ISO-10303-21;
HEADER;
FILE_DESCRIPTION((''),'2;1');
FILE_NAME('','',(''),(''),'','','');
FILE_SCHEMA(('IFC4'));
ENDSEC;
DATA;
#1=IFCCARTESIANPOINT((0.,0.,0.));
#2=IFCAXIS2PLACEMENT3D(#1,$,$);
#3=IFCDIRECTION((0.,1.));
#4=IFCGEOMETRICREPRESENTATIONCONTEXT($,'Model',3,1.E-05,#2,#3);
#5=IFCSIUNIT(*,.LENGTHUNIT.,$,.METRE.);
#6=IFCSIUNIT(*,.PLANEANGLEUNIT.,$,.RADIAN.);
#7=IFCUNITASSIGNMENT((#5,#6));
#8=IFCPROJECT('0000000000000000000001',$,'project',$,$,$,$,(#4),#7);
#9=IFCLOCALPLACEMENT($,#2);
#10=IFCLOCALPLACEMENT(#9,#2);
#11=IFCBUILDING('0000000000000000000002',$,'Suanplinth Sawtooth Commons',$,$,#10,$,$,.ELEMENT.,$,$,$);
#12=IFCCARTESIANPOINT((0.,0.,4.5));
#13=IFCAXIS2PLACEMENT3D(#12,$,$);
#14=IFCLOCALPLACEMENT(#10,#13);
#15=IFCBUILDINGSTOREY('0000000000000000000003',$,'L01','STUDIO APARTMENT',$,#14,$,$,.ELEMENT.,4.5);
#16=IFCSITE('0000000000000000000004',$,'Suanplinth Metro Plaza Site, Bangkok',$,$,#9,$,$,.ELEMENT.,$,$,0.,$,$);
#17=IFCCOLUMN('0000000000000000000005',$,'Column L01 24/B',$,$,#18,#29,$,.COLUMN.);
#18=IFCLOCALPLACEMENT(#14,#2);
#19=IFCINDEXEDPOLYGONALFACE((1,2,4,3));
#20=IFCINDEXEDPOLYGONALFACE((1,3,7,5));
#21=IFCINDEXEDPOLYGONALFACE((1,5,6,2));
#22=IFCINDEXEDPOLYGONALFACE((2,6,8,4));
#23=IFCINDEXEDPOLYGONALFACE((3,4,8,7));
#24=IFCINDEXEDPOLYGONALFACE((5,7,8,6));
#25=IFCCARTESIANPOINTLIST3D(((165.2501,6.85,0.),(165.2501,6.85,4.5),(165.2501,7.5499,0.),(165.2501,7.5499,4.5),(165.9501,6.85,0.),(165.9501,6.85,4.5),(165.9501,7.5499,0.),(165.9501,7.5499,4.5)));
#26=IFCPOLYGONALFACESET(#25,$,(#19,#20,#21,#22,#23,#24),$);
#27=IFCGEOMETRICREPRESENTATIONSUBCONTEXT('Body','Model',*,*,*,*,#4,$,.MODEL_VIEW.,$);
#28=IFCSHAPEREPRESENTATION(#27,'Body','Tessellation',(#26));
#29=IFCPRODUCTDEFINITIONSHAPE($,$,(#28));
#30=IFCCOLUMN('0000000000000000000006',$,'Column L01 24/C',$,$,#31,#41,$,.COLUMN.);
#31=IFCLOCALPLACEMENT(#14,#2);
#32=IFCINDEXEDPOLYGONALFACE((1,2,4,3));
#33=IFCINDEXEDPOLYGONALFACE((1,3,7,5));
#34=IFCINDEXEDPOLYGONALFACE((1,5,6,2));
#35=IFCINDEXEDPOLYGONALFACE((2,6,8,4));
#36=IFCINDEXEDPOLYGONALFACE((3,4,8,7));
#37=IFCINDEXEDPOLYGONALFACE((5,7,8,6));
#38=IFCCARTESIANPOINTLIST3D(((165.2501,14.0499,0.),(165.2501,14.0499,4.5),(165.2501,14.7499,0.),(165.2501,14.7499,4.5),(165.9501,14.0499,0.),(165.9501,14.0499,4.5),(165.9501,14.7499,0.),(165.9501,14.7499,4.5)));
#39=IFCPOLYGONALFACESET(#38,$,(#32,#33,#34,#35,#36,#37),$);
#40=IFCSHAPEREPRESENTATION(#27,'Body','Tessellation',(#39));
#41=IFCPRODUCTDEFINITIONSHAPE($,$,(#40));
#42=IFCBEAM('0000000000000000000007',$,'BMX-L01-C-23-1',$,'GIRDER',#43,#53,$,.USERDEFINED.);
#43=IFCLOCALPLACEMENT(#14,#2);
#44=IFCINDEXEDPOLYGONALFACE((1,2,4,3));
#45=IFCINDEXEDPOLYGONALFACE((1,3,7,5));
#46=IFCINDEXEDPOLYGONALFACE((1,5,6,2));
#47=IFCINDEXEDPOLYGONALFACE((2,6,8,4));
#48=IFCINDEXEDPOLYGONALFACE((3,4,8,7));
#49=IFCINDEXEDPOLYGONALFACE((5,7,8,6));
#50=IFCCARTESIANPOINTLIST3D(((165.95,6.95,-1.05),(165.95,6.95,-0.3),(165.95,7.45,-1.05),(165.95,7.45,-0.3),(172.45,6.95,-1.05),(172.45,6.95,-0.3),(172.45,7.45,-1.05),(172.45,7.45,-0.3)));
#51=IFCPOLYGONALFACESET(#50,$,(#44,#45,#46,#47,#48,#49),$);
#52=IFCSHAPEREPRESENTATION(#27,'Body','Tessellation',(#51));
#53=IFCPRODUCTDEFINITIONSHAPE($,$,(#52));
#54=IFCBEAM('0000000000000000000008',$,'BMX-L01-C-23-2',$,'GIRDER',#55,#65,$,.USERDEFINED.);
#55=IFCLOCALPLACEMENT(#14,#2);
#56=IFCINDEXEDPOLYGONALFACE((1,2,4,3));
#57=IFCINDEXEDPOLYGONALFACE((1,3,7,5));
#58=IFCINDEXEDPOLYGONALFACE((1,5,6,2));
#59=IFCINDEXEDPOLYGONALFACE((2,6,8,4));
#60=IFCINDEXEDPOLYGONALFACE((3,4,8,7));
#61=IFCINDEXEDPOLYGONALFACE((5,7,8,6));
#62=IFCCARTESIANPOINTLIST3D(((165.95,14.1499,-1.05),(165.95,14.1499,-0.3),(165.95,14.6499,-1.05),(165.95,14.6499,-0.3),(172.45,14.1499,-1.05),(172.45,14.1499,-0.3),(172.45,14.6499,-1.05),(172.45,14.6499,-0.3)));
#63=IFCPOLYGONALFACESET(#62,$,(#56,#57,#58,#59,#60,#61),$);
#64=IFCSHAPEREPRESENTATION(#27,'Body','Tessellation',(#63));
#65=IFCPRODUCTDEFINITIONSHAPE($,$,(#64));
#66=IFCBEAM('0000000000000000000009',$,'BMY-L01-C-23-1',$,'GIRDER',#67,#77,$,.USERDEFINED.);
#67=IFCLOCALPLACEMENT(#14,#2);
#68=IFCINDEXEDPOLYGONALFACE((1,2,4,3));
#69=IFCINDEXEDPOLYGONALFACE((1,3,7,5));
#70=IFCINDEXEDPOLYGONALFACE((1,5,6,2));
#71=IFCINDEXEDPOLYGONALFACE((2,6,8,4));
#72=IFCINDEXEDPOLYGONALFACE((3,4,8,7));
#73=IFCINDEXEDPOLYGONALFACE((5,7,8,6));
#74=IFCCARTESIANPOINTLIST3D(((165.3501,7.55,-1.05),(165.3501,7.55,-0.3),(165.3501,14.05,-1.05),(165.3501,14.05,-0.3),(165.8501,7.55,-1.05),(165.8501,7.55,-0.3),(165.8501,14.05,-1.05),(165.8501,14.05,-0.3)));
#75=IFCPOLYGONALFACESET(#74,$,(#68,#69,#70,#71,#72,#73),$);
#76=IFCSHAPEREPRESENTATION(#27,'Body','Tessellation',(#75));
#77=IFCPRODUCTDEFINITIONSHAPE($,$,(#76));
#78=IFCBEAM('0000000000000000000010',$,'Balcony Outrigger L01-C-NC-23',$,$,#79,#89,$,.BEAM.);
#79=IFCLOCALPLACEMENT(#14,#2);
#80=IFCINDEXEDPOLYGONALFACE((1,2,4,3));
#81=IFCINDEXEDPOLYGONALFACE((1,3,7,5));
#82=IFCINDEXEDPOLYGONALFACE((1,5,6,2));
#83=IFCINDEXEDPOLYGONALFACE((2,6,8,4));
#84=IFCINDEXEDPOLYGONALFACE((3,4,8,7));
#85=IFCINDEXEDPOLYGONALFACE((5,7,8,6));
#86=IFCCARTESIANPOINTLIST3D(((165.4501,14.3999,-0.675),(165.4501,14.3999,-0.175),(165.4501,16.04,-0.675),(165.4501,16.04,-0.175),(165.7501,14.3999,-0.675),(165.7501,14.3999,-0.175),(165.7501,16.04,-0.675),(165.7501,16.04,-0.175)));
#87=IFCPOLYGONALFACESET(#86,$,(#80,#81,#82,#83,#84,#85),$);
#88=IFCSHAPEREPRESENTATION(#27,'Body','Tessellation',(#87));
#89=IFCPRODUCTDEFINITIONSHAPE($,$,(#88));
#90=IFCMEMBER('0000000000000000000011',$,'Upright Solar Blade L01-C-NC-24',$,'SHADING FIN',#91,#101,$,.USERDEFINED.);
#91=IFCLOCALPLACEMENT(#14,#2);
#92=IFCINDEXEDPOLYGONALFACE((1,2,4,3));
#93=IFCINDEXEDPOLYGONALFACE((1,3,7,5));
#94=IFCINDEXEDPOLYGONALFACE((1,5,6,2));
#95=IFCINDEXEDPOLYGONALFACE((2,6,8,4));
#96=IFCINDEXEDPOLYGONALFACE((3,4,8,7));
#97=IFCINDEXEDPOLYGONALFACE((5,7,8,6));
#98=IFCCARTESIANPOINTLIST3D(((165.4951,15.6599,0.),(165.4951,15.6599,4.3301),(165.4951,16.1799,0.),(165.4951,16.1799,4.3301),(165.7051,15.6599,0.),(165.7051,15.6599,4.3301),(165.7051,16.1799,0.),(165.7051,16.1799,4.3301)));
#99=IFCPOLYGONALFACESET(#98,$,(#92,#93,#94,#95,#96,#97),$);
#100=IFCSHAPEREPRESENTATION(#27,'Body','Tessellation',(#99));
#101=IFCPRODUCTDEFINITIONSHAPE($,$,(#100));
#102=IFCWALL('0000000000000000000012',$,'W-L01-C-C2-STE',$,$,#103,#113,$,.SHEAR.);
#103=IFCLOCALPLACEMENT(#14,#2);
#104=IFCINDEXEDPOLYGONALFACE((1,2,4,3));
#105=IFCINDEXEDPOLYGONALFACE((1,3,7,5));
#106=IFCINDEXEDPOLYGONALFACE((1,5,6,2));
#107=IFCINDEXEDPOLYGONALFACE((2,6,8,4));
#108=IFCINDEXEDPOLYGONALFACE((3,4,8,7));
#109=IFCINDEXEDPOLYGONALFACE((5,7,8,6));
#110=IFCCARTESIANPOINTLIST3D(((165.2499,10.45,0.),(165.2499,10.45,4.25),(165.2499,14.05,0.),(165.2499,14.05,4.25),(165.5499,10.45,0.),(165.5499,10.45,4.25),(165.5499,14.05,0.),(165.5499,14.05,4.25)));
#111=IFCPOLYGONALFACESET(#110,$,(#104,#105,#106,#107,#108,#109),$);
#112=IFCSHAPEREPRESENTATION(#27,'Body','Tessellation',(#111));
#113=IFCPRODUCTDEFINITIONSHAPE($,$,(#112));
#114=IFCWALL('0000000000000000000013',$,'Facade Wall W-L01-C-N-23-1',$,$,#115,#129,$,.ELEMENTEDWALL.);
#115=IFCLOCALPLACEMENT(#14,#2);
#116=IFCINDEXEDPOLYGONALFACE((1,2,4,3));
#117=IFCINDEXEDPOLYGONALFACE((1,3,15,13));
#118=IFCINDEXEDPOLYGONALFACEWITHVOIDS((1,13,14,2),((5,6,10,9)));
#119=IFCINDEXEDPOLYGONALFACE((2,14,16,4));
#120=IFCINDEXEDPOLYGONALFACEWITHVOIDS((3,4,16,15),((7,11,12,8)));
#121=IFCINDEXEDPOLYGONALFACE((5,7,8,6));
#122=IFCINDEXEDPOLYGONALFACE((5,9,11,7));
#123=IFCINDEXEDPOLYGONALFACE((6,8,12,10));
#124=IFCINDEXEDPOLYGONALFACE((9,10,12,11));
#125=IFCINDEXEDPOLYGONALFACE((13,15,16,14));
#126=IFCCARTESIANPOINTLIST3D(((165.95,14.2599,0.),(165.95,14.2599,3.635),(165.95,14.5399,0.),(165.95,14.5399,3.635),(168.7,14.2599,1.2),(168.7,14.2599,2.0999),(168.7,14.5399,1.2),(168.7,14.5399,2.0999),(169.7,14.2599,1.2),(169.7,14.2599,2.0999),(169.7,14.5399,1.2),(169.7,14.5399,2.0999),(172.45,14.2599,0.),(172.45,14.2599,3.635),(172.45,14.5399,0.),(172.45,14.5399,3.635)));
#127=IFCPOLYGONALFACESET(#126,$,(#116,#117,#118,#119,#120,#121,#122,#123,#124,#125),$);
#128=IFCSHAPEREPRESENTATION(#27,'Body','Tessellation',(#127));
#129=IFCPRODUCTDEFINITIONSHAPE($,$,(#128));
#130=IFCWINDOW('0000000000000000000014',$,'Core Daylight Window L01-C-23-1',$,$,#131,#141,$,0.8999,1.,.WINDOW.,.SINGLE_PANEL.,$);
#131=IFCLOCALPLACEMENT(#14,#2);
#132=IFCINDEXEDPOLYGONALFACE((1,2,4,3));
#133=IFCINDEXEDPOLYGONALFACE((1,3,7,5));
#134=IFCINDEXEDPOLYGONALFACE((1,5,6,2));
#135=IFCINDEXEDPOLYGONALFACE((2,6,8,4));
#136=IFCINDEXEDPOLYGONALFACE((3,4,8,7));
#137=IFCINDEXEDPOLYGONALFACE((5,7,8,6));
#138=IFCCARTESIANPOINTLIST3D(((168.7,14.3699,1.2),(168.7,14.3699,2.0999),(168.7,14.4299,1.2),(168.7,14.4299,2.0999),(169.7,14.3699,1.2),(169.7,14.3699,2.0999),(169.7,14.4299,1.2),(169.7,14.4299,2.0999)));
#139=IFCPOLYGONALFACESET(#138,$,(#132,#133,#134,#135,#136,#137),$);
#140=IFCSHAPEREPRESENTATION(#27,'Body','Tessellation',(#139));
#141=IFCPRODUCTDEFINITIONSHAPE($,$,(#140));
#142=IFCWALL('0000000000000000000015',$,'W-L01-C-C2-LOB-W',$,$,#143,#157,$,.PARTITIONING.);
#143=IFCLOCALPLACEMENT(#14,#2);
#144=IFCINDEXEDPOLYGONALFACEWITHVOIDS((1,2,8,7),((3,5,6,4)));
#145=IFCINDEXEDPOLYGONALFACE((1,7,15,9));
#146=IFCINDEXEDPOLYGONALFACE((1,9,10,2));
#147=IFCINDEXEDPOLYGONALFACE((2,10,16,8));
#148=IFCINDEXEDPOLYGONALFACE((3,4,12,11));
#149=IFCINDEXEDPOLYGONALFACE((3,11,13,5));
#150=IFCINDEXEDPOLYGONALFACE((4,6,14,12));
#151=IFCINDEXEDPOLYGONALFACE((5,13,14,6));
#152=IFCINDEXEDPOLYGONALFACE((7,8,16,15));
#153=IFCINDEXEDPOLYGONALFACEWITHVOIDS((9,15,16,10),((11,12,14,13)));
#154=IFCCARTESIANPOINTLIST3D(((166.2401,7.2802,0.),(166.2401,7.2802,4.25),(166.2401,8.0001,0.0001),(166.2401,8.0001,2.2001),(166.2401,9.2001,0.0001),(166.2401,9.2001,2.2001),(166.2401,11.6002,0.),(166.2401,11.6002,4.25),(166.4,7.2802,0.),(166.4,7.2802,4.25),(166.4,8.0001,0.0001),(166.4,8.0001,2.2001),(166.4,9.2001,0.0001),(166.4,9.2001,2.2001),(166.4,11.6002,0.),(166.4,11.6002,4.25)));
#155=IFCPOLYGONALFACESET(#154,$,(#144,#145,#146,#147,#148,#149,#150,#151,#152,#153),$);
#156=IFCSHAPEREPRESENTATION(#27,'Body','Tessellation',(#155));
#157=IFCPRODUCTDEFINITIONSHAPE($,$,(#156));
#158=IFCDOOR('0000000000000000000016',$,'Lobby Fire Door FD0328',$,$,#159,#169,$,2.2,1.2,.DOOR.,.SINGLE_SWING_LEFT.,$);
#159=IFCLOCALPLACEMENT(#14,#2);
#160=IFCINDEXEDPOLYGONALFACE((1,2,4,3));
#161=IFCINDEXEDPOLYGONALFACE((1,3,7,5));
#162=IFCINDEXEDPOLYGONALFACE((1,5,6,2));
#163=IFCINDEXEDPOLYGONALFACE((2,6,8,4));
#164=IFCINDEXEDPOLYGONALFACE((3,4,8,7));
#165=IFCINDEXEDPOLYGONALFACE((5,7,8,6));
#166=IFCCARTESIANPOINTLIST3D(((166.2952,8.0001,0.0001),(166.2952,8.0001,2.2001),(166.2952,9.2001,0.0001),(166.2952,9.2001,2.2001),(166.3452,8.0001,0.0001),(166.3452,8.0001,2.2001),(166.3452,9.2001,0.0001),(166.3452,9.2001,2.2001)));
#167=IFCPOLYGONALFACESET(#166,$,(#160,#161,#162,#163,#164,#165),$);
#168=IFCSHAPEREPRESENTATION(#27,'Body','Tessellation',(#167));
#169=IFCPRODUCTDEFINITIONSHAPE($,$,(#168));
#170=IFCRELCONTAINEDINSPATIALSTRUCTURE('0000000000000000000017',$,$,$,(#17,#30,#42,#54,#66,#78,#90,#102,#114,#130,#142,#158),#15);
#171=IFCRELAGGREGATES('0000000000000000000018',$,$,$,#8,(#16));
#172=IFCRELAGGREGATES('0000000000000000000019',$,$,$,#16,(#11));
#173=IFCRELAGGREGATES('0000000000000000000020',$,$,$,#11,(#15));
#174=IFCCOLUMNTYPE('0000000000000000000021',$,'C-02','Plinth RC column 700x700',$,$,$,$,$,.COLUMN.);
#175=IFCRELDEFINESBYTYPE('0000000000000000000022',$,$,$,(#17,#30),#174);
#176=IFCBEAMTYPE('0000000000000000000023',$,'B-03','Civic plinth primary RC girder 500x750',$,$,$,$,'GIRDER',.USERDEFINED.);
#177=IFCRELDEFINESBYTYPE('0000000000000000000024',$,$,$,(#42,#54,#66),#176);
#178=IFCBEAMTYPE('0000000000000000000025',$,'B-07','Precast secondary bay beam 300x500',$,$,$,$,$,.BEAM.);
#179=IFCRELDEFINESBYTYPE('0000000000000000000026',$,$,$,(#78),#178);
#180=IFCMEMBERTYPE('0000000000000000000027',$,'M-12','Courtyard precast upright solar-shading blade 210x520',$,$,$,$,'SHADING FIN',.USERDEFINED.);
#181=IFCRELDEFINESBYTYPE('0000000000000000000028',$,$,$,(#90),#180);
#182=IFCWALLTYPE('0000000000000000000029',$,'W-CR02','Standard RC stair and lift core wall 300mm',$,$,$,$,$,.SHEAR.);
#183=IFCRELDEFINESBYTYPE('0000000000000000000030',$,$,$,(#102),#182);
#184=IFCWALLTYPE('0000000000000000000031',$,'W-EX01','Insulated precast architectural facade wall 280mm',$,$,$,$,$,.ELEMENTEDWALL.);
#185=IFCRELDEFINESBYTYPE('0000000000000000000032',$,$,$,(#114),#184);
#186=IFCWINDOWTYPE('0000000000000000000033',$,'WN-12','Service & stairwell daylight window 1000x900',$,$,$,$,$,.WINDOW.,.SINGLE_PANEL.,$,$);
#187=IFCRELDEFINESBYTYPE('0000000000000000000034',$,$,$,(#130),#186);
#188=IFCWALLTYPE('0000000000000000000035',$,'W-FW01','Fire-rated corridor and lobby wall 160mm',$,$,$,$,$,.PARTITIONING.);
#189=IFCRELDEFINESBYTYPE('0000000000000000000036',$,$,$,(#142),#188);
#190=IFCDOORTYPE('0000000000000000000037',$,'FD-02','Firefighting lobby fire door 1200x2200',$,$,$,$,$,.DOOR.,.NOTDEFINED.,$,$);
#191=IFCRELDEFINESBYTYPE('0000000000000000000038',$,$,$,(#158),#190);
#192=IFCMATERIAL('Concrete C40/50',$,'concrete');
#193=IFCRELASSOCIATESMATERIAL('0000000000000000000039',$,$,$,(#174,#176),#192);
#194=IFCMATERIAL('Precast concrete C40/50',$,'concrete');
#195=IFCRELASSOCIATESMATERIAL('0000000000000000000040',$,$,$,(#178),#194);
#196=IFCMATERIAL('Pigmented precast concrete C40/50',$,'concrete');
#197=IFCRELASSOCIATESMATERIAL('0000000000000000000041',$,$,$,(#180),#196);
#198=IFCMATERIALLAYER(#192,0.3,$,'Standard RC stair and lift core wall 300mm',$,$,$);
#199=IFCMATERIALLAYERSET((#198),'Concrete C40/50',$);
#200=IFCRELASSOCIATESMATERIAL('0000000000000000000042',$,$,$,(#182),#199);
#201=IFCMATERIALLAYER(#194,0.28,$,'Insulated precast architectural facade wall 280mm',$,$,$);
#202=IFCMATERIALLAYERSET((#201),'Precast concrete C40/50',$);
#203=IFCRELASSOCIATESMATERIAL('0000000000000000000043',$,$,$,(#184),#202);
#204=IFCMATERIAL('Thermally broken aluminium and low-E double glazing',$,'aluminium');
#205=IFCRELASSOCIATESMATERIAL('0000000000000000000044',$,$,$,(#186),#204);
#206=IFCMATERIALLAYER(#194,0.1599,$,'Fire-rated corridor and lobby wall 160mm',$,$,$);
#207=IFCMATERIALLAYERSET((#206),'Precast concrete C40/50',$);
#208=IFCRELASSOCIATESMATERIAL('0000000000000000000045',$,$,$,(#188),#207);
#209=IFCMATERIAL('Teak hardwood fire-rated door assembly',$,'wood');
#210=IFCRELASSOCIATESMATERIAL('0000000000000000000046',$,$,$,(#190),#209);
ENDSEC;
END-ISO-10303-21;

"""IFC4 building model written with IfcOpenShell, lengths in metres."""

from ifc_helpers import new_model, si_unit, direction, frame, frame_2d, origin, origin_2d, place, context, subcontext, project, spatial, rectangle, extrude, material, layer, layer_set, material_profile, profile_set, type_object, element, fill, save


model = new_model("IFC4")

# Units and contexts
model_context = context("Model", 3, precision=1e-05, world=origin(), true_north=direction((0.0, 1.0)))
body_context = subcontext(model_context, "Body", "Model", "MODEL_VIEW")
ifc_project = project(units=[si_unit("LENGTHUNIT", "METRE"), si_unit("PLANEANGLEUNIT", "RADIAN")], contexts=[model_context])

# Site, building, storey
site_placement = place(None, origin())
site = spatial("IfcSite", under=ifc_project, at=site_placement, Name="Suanplinth Metro Plaza Site, Bangkok", CompositionType="ELEMENT", RefElevation=0.0)
building_placement = place(site_placement, origin())
building = spatial("IfcBuilding", under=site, at=building_placement, Name="Suanplinth Sawtooth Commons", CompositionType="ELEMENT")
storey_placement = place(building_placement, frame((0.0, 0.0, 4.5)))
storey = spatial("IfcBuildingStorey", under=building, at=storey_placement, Name="L01", Description="STUDIO APARTMENT", CompositionType="ELEMENT", Elevation=4.5)

# Columns
ifc_material_1 = material(Name="Concrete C40/50", Category="concrete")
ifc_material_profile_1 = material_profile(ifc_material_1, rectangle(XDim=0.7, YDim=0.7, at=origin_2d()), Name="RC-COL 700x700")
ifc_profile_set_1 = profile_set([ifc_material_profile_1], Name="Concrete C40/50")
column_type = type_object("IfcColumnType", Name="C-02", Description="Plinth RC column 700x700", PredefinedType="COLUMN", material=ifc_profile_set_1)
for number, where, z_axis, x_axis, name in (
    (1, (165.6001, 7.2, 0.0), (0.0, 0.0, 1.0), (1.0, 0.0, 0.0), "Column L01 24/B"),
    (2, (165.6001, 14.3999, 0.0), (0.0, 0.0, 1.0), (1.0, 0.0, 0.0), "Column L01 24/C"),
):
    element("IfcColumn", number, at=place(storey_placement, frame(where, z_axis=z_axis, x_axis=x_axis)), inside=storey, type_object=column_type, Name=name, PredefinedType="COLUMN", context=body_context, shape_type="SweptSolid", body=[
        extrude(rectangle(XDim=0.7, YDim=0.7, at=origin_2d()), origin(), (0.0, 0.0, 1.0), 4.5),
    ])

# Beams
ifc_material_profile_2 = material_profile(ifc_material_1, rectangle(XDim=0.5, YDim=0.75, at=origin_2d()), Name="RC-GDR 500x750")
ifc_profile_set_2 = profile_set([ifc_material_profile_2], Name="Concrete C40/50")
beam_type_1 = type_object("IfcBeamType", Name="B-03", Description="Civic plinth primary RC girder 500x750", ElementType="GIRDER", PredefinedType="USERDEFINED", material=ifc_profile_set_2)
for number, where, z_axis, x_axis, name in (
    (3, (165.95, 7.2, -0.675), (1.0, 0.0, 0.0), (0.0, 1.0, 0.0), "BMX-L01-C-23-1"),
    (4, (165.95, 14.3999, -0.675), (1.0, 0.0, 0.0), (0.0, 1.0, 0.0), "BMX-L01-C-23-2"),
    (5, (165.6001, 7.55, -0.675), (0.0, 1.0, 0.0), (-1.0, 0.0, 0.0), "BMY-L01-C-23-1"),
):
    element("IfcBeam", number, at=place(storey_placement, frame(where, z_axis=z_axis, x_axis=x_axis)), inside=storey, type_object=beam_type_1, Name=name, ObjectType="GIRDER", PredefinedType="USERDEFINED", context=body_context, shape_type="SweptSolid", body=[
        extrude(rectangle(XDim=0.5, YDim=0.75, at=origin_2d()), origin(), (0.0, 0.0, 1.0), 6.5),
    ])
ifc_material_2 = material(Name="Precast concrete C40/50", Category="concrete")
ifc_material_profile_3 = material_profile(ifc_material_2, rectangle(XDim=0.3, YDim=0.5, at=origin_2d()), Name="PC-BM 300x500")
ifc_profile_set_3 = profile_set([ifc_material_profile_3], Name="Precast concrete C40/50")
beam_type_2 = type_object("IfcBeamType", Name="B-07", Description="Precast secondary bay beam 300x500", PredefinedType="BEAM", material=ifc_profile_set_3)
beam_placement = place(storey_placement, frame((165.6001, 14.3999, -0.425), z_axis=(0.0, 1.0, 0.0), x_axis=(-1.0, 0.0, 0.0)))
element("IfcBeam", 6, at=beam_placement, inside=storey, type_object=beam_type_2, Name="Balcony Outrigger L01-C-NC-23", PredefinedType="BEAM", context=body_context, shape_type="SweptSolid", body=[
    extrude(rectangle(XDim=0.3, YDim=0.5, at=origin_2d()), origin(), (0.0, 0.0, 1.0), 1.6401),
])

# Member
ifc_material_3 = material(Name="Pigmented precast concrete C40/50", Category="concrete")
ifc_material_profile_4 = material_profile(ifc_material_3, rectangle(XDim=0.21, YDim=0.52, at=origin_2d()), Name="PC-FIN 210x520")
ifc_profile_set_4 = profile_set([ifc_material_profile_4], Name="Pigmented precast concrete C40/50")
member_type = type_object("IfcMemberType", Name="M-12", Description="Courtyard precast upright solar-shading blade 210x520", ElementType="SHADING FIN", PredefinedType="USERDEFINED", material=ifc_profile_set_4)
member_placement = place(storey_placement, frame((165.6001, 15.9199, 0.0), z_axis=(0.0, 0.0, 1.0), x_axis=(1.0, 0.0, 0.0)))
element("IfcMember", 7, at=member_placement, inside=storey, type_object=member_type, Name="Upright Solar Blade L01-C-NC-24", ObjectType="SHADING FIN", PredefinedType="USERDEFINED", context=body_context, shape_type="SweptSolid", body=[
    extrude(rectangle(XDim=0.21, YDim=0.52, at=origin_2d()), origin(), (0.0, 0.0, 1.0), 4.3301),
])

# Wall
ifc_layer_1 = layer(ifc_material_1, 0.3, Name="Standard RC stair and lift core wall 300mm")
ifc_layer_set_1 = layer_set([ifc_layer_1], Name="Concrete C40/50")
wall_type_1 = type_object("IfcWallType", Name="W-CR02", Description="Standard RC stair and lift core wall 300mm", PredefinedType="SHEAR", material=ifc_layer_set_1)
wall_1_placement = place(storey_placement, frame((165.3999, 10.45, 0.0), z_axis=(0.0, 0.0, 1.0), x_axis=(0.0, 1.0, 0.0)))
element("IfcWall", 8, at=wall_1_placement, inside=storey, type_object=wall_type_1, Name="W-L01-C-C2-STE", PredefinedType="SHEAR", context=body_context, shape_type="SweptSolid", body=[
    extrude(rectangle(XDim=3.6001, YDim=0.3, at=frame_2d((1.8, 0.0))), origin(), (0.0, 0.0, 1.0), 4.25),
])

# Wall, opening, window
ifc_layer_2 = layer(ifc_material_2, 0.28, Name="Insulated precast architectural facade wall 280mm")
ifc_layer_set_2 = layer_set([ifc_layer_2], Name="Precast concrete C40/50")
wall_type_2 = type_object("IfcWallType", Name="W-EX01", Description="Insulated precast architectural facade wall 280mm", PredefinedType="ELEMENTEDWALL", material=ifc_layer_set_2)
wall_2_placement = place(storey_placement, frame((165.95, 14.3999, 0.0), z_axis=(0.0, 0.0, 1.0), x_axis=(1.0, 0.0, 0.0)))
wall_2 = element("IfcWall", 9, at=wall_2_placement, inside=storey, type_object=wall_type_2, Name="Facade Wall W-L01-C-N-23-1", PredefinedType="ELEMENTEDWALL", context=body_context, shape_type="SweptSolid", body=[
    extrude(rectangle(XDim=6.5, YDim=0.28, at=frame_2d((3.25, 0.0))), origin(), (0.0, 0.0, 1.0), 3.635),
])
opening_1_placement = place(wall_2_placement, frame((2.75, 0.0, 1.2)))
opening_1 = element("IfcOpeningElement", 10, at=opening_1_placement, cuts=wall_2, PredefinedType="OPENING", context=body_context, shape_type="SweptSolid", body=[
    extrude(rectangle(XDim=1.0, YDim=0.8999, at=frame_2d((0.5, 0.45))), frame((0.0, 0.1548, 0.0), z_axis=(0.0, -1.0, 0.0), x_axis=(1.0, 0.0, 0.0)), (0.0, 0.0, 1.0), 0.3098),
])
ifc_material_4 = material(Name="Thermally broken aluminium and low-E double glazing", Category="aluminium")
window_type = type_object("IfcWindowType", Name="WN-12", Description="Service & stairwell daylight window 1000x900", PartitioningType="SINGLE_PANEL", PredefinedType="WINDOW", material=ifc_material_4)
window_placement = place(opening_1_placement, origin())
window = element("IfcWindow", 11, at=window_placement, inside=storey, type_object=window_type, Name="Core Daylight Window L01-C-23-1", OverallHeight=0.8999, OverallWidth=1.0, PartitioningType="SINGLE_PANEL", PredefinedType="WINDOW", context=body_context, shape_type="SweptSolid", body=[
    extrude(rectangle(XDim=1.0, YDim=0.8999, at=frame_2d((0.5, 0.45))), frame((0.0, 0.03, 0.0), z_axis=(0.0, -1.0, 0.0), x_axis=(1.0, 0.0, 0.0)), (0.0, 0.0, 1.0), 0.0601),
])
fill(opening_1, window)

# Wall, opening, door
ifc_layer_3 = layer(ifc_material_2, 0.1599, Name="Fire-rated corridor and lobby wall 160mm")
ifc_layer_set_3 = layer_set([ifc_layer_3], Name="Precast concrete C40/50")
wall_type_3 = type_object("IfcWallType", Name="W-FW01", Description="Fire-rated corridor and lobby wall 160mm", PredefinedType="PARTITIONING", material=ifc_layer_set_3)
wall_3_placement = place(storey_placement, frame((166.3201, 7.28, 0.0), z_axis=(0.0, 0.0, 1.0), x_axis=(0.0, 1.0, 0.0)))
wall_3 = element("IfcWall", 12, at=wall_3_placement, inside=storey, type_object=wall_type_3, Name="W-L01-C-C2-LOB-W", PredefinedType="PARTITIONING", context=body_context, shape_type="SweptSolid", body=[
    extrude(rectangle(XDim=4.3201, YDim=0.1599, at=frame_2d((2.1602, 0.0))), origin(), (0.0, 0.0, 1.0), 4.25),
])
opening_2_placement = place(wall_3_placement, frame((0.72, 0.0, 0.0)))
opening_2 = element("IfcOpeningElement", 13, at=opening_2_placement, cuts=wall_3, PredefinedType="OPENING", context=body_context, shape_type="SweptSolid", body=[
    extrude(rectangle(XDim=1.2, YDim=2.2, at=frame_2d((0.6001, 1.1001))), frame((0.0, 0.0947, 0.0), z_axis=(0.0, -1.0, 0.0), x_axis=(1.0, 0.0, 0.0)), (0.0, 0.0, 1.0), 0.1897),
])
ifc_material_5 = material(Name="Teak hardwood fire-rated door assembly", Category="wood")
door_type_1 = type_object("IfcDoorType", Name="FD-02", Description="Firefighting lobby fire door 1200x2200", OperationType="NOTDEFINED", PredefinedType="DOOR", material=ifc_material_5)
door_1_placement = place(opening_2_placement, origin())
door_1 = element("IfcDoor", 14, at=door_1_placement, inside=storey, type_object=door_type_1, Name="Lobby Fire Door FD0328", OperationType="SINGLE_SWING_LEFT", OverallHeight=2.2, OverallWidth=1.2, PredefinedType="DOOR", context=body_context, shape_type="SweptSolid", body=[
    extrude(rectangle(XDim=1.2, YDim=2.2, at=frame_2d((0.6001, 1.1001))), frame((0.0, 0.0249, 0.0), z_axis=(0.0, -1.0, 0.0), x_axis=(1.0, 0.0, 0.0)), (0.0, 0.0, 1.0), 0.05),
])
fill(opening_2, door_1)

save(model, "model.ifc")
